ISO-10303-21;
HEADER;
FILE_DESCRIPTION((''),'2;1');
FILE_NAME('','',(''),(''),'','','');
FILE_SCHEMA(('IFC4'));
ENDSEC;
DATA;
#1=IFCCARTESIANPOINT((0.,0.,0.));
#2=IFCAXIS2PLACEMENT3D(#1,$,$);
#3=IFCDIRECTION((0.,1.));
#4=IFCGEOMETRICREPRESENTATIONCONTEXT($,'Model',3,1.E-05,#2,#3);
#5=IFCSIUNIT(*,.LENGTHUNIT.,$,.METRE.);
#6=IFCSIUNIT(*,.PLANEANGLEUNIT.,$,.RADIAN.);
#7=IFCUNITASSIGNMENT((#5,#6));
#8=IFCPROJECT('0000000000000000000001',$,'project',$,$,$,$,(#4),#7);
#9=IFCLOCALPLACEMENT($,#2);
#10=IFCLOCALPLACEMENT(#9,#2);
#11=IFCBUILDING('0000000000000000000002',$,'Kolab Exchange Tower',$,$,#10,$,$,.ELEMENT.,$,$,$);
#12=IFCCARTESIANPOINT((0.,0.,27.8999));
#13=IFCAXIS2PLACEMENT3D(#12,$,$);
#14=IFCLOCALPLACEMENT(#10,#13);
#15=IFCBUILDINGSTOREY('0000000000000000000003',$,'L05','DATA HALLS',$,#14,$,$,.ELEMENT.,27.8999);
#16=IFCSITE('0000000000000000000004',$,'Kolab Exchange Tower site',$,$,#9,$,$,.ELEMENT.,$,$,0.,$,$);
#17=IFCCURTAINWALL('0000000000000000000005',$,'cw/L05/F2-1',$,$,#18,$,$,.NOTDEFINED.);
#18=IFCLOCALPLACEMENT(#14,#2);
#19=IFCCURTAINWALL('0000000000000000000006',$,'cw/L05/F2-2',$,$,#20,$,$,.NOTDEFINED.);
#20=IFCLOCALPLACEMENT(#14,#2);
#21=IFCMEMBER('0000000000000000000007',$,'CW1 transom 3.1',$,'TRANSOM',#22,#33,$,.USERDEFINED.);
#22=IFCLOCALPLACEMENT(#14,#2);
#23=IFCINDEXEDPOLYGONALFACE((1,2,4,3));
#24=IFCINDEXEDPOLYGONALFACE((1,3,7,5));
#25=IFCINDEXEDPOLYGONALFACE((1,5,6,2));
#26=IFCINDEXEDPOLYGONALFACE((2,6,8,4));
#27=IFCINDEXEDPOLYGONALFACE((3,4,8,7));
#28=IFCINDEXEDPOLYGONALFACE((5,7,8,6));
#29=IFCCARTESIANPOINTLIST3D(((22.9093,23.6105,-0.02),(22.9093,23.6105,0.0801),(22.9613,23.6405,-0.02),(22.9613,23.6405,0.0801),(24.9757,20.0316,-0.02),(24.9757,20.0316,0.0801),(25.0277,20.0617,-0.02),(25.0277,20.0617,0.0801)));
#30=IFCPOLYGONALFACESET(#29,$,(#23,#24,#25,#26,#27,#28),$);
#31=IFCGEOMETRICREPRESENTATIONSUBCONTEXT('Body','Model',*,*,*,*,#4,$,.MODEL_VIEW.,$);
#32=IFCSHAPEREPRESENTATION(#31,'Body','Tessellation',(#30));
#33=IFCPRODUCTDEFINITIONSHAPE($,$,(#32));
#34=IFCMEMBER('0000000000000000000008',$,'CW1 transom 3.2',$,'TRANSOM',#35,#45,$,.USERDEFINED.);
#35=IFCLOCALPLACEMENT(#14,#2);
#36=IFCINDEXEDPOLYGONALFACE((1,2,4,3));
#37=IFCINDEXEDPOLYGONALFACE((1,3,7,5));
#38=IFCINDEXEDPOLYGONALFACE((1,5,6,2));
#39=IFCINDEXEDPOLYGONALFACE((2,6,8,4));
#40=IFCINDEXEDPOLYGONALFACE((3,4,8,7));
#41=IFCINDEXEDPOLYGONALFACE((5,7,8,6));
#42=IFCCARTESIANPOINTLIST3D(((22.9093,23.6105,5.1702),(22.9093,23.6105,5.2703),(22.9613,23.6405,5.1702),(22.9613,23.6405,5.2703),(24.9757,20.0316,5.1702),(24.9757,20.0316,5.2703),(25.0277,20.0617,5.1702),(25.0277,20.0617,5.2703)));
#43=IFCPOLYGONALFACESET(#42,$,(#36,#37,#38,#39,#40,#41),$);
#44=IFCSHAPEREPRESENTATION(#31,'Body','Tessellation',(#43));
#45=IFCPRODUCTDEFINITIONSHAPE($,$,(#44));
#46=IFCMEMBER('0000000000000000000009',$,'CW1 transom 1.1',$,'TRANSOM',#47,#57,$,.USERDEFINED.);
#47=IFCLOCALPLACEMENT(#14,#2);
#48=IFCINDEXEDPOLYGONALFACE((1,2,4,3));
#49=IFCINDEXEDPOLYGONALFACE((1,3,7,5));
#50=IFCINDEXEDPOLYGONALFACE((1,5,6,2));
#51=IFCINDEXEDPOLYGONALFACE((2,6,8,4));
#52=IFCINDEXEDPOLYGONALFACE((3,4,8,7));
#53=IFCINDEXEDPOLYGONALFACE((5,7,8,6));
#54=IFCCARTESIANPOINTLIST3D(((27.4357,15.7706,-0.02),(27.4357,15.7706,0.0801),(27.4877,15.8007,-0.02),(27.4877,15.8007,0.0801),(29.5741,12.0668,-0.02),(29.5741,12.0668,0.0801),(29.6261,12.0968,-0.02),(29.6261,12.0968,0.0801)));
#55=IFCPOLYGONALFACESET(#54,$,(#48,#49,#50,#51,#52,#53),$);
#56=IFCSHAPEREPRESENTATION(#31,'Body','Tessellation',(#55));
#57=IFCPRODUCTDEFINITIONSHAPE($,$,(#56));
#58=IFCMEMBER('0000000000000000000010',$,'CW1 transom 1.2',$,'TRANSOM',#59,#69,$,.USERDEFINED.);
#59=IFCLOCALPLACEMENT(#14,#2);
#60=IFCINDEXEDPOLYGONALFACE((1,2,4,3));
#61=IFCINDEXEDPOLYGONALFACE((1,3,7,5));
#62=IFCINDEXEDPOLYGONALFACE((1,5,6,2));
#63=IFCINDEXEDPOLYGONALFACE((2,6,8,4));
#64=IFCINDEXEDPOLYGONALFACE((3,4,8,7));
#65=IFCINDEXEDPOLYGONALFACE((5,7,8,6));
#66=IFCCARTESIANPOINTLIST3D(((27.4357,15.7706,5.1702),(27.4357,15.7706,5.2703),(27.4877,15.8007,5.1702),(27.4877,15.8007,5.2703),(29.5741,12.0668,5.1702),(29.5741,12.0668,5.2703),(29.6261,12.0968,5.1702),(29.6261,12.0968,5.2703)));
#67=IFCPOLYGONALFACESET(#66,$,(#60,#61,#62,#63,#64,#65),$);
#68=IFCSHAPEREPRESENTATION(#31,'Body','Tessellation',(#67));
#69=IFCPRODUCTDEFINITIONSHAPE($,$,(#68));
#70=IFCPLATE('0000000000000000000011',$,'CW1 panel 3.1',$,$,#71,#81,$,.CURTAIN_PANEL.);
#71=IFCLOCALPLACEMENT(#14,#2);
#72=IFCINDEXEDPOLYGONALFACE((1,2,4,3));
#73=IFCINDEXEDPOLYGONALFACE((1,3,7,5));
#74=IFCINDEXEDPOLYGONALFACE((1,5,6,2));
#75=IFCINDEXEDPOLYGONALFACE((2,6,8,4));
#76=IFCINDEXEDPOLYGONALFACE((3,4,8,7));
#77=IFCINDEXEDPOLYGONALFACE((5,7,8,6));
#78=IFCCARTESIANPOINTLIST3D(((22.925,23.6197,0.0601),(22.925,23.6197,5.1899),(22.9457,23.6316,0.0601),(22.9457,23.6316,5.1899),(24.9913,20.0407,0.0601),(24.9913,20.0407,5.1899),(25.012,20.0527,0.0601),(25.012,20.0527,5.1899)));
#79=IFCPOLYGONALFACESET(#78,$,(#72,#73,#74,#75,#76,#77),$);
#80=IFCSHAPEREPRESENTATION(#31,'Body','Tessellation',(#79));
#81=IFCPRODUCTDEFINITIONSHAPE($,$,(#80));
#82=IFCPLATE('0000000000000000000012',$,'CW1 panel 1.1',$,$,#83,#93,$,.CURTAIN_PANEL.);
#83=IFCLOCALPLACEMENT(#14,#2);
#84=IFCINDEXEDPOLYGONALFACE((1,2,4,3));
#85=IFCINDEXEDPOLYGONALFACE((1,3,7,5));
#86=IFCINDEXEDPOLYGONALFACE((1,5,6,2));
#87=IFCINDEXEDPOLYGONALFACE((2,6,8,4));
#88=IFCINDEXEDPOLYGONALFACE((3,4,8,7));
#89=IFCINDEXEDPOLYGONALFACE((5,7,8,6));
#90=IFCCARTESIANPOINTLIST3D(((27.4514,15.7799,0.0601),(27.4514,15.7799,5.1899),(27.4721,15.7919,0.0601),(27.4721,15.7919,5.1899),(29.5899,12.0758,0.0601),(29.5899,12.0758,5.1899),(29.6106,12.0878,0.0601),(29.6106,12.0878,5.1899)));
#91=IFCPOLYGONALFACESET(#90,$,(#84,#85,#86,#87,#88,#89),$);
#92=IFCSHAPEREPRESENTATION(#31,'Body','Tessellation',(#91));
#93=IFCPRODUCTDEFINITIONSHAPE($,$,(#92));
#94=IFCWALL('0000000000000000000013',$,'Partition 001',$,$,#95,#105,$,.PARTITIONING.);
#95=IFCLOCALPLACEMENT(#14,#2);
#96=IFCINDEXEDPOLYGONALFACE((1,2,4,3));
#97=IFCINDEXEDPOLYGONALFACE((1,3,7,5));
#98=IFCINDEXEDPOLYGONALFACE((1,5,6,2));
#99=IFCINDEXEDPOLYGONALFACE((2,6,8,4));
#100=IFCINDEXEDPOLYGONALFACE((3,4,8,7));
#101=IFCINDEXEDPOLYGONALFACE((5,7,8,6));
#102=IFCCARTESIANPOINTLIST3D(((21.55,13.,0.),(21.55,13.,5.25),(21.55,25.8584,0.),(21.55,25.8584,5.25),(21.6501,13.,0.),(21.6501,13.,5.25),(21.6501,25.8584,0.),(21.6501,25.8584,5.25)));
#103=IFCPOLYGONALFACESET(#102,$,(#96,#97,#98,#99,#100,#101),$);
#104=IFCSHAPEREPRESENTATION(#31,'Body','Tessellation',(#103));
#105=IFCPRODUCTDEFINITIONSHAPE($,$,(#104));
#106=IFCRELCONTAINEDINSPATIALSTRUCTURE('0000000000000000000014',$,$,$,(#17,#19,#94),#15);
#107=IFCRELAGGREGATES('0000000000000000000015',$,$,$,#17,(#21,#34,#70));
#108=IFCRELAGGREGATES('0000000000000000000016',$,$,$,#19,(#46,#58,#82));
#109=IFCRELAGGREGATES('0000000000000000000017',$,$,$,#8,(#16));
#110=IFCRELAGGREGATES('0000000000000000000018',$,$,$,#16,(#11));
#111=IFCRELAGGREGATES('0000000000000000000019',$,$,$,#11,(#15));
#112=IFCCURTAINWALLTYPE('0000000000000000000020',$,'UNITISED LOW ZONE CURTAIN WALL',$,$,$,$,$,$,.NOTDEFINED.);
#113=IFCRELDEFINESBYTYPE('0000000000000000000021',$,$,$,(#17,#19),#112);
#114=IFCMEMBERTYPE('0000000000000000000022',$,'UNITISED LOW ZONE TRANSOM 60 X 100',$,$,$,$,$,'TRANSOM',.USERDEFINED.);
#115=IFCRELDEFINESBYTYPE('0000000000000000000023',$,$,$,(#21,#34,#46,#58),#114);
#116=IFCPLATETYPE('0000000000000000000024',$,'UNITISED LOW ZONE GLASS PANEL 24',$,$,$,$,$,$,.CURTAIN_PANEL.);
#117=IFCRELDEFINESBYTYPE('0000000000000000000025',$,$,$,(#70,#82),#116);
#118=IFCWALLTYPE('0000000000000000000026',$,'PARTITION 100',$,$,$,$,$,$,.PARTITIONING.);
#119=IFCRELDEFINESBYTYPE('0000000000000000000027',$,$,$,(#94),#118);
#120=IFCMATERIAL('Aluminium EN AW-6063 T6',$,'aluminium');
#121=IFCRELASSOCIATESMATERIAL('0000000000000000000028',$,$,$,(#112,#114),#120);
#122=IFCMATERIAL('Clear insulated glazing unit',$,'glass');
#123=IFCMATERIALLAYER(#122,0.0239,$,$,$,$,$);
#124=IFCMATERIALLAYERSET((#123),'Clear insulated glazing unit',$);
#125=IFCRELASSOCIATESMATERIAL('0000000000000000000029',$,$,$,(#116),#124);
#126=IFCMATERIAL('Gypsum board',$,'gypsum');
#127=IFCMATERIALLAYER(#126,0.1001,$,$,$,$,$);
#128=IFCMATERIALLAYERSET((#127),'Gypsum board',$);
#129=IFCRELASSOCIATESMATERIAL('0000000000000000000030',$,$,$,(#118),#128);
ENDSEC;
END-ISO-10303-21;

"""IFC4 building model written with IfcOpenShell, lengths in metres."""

from ifc_helpers import new_model, si_unit, direction, frame, frame_2d, origin, origin_2d, place, context, subcontext, project, spatial, rectangle, extrude, material, layer, layer_set, material_profile, profile_set, type_object, element, aggregate, save


model = new_model("IFC4")

# Units and contexts
model_context = context("Model", 3, precision=1e-05, world=origin(), true_north=direction((0.0, 1.0)))
body_context = subcontext(model_context, "Body", "Model", "MODEL_VIEW")
ifc_project = project(units=[si_unit("LENGTHUNIT", "METRE"), si_unit("PLANEANGLEUNIT", "RADIAN")], contexts=[model_context])

# Site, building, storey
site_placement = place(None, origin())
site = spatial("IfcSite", under=ifc_project, at=site_placement, Name="Kolab Exchange Tower site", CompositionType="ELEMENT", RefElevation=0.0)
building_placement = place(site_placement, origin())
building = spatial("IfcBuilding", under=site, at=building_placement, Name="Kolab Exchange Tower", CompositionType="ELEMENT")
storey_placement = place(building_placement, frame((0.0, 0.0, 27.8999)))
storey = spatial("IfcBuildingStorey", under=building, at=storey_placement, Name="L05", Description="DATA HALLS", CompositionType="ELEMENT", Elevation=27.8999)

# Curtain wall
ifc_material_1 = material(Name="Aluminium EN AW-6063 T6", Category="aluminium")
curtain_wall_type = type_object("IfcCurtainWallType", Name="UNITISED LOW ZONE CURTAIN WALL", PredefinedType="NOTDEFINED", material=ifc_material_1)
curtain_wall_1_placement = place(storey_placement, origin())
curtain_wall_1 = element("IfcCurtainWall", 1, at=curtain_wall_1_placement, inside=storey, type_object=curtain_wall_type, Name="cw/L05/F2-1", PredefinedType="NOTDEFINED")

# Curtain wall
curtain_wall_2_placement = place(storey_placement, origin())
curtain_wall_2 = element("IfcCurtainWall", 2, at=curtain_wall_2_placement, inside=storey, type_object=curtain_wall_type, Name="cw/L05/F2-2", PredefinedType="NOTDEFINED")

# Members
ifc_material_profile_1 = material_profile(ifc_material_1, rectangle(XDim=0.0601, YDim=0.1001, at=origin_2d()), Name="RECT 60X100")
ifc_profile_set_1 = profile_set([ifc_material_profile_1], Name="Aluminium EN AW-6063 T6")
member_type_1 = type_object("IfcMemberType", Name="UNITISED LOW ZONE TRANSOM 60 X 100", ElementType="TRANSOM", PredefinedType="USERDEFINED", material=ifc_profile_set_1)
member_1_placement = place(storey_placement, frame((22.9353, 23.6255, 0.03), z_axis=(0.500028, -0.866009, 0.0), x_axis=(0.866009, 0.500028, 0.0)))
member_1 = element("IfcMember", 3, at=member_1_placement, type_object=member_type_1, Name="CW1 transom 3.1", ObjectType="TRANSOM", PredefinedType="USERDEFINED", context=body_context, shape_type="SweptSolid", body=[
    extrude(rectangle(XDim=0.0601, YDim=0.1001, at=origin_2d()), origin(), (0.0, 0.0, 1.0), 4.1326),
])
member_2_placement = place(storey_placement, frame((22.9353, 23.6255, 5.2202), z_axis=(0.500028, -0.866009, 0.0), x_axis=(0.866009, 0.500028, 0.0)))
member_2 = element("IfcMember", 4, at=member_2_placement, type_object=member_type_1, Name="CW1 transom 3.2", ObjectType="TRANSOM", PredefinedType="USERDEFINED", context=body_context, shape_type="SweptSolid", body=[
    extrude(rectangle(XDim=0.0601, YDim=0.1001, at=origin_2d()), origin(), (0.0, 0.0, 1.0), 4.1326),
])
member_3_placement = place(storey_placement, frame((27.4617, 15.7856, 0.03), z_axis=(0.500001, -0.866025, 0.0), x_axis=(0.866025, 0.500001, 0.0)))
member_3 = element("IfcMember", 5, at=member_3_placement, type_object=member_type_1, Name="CW1 transom 1.1", ObjectType="TRANSOM", PredefinedType="USERDEFINED", context=body_context, shape_type="SweptSolid", body=[
    extrude(rectangle(XDim=0.0601, YDim=0.1001, at=origin_2d()), origin(), (0.0, 0.0, 1.0), 4.2769),
])
member_4_placement = place(storey_placement, frame((27.4617, 15.7856, 5.2202), z_axis=(0.500001, -0.866025, 0.0), x_axis=(0.866025, 0.500001, 0.0)))
member_4 = element("IfcMember", 6, at=member_4_placement, type_object=member_type_1, Name="CW1 transom 1.2", ObjectType="TRANSOM", PredefinedType="USERDEFINED", context=body_context, shape_type="SweptSolid", body=[
    extrude(rectangle(XDim=0.0601, YDim=0.1001, at=origin_2d()), origin(), (0.0, 0.0, 1.0), 4.2769),
])

# Plates
ifc_material_2 = material(Name="Clear insulated glazing unit", Category="glass")
ifc_layer_1 = layer(ifc_material_2, 0.0239)
ifc_layer_set_1 = layer_set([ifc_layer_1], Name="Clear insulated glazing unit")
plate_type = type_object("IfcPlateType", Name="UNITISED LOW ZONE GLASS PANEL 24", PredefinedType="CURTAIN_PANEL", material=ifc_layer_set_1)
plate_1_placement = place(storey_placement, frame((23.9685, 21.8362, 0.0601), z_axis=(0.0, 0.0, 1.0), x_axis=(0.5, -0.866025, 0.0)))
plate_1 = element("IfcPlate", 7, at=plate_1_placement, type_object=plate_type, Name="CW1 panel 3.1", PredefinedType="CURTAIN_PANEL", context=body_context, shape_type="SweptSolid", body=[
    extrude(rectangle(XDim=4.1326, YDim=0.0239, at=origin_2d()), origin(), (0.0, 0.0, 1.0), 5.1299),
])
aggregate(curtain_wall_1, [member_1, member_2, plate_1])
plate_2_placement = place(storey_placement, frame((28.531, 13.9338, 0.0601), z_axis=(0.0, 0.0, 1.0), x_axis=(0.5, -0.866025, 0.0)))
plate_2 = element("IfcPlate", 8, at=plate_2_placement, type_object=plate_type, Name="CW1 panel 1.1", PredefinedType="CURTAIN_PANEL", context=body_context, shape_type="SweptSolid", body=[
    extrude(rectangle(XDim=4.2771, YDim=0.0239, at=origin_2d()), origin(), (0.0, 0.0, 1.0), 5.1299),
])
aggregate(curtain_wall_2, [member_3, member_4, plate_2])

# Wall
ifc_material_3 = material(Name="Gypsum board", Category="gypsum")
ifc_layer_2 = layer(ifc_material_3, 0.1001)
ifc_layer_set_2 = layer_set([ifc_layer_2], Name="Gypsum board")
wall_type_1 = type_object("IfcWallType", Name="PARTITION 100", PredefinedType="PARTITIONING", material=ifc_layer_set_2)
wall_1_placement = place(storey_placement, frame((21.6001, 13.0, 0.0), z_axis=(0.0, 0.0, 1.0), x_axis=(0.0, 1.0, 0.0)))
element("IfcWall", 9, at=wall_1_placement, inside=storey, type_object=wall_type_1, Name="Partition 001", PredefinedType="PARTITIONING", context=body_context, shape_type="SweptSolid", body=[
    extrude(rectangle(XDim=12.8584, YDim=0.1001, at=frame_2d((6.4292, 0.0))), origin(), (0.0, 0.0, 1.0), 5.25),
])

save(model, "model.ifc")
